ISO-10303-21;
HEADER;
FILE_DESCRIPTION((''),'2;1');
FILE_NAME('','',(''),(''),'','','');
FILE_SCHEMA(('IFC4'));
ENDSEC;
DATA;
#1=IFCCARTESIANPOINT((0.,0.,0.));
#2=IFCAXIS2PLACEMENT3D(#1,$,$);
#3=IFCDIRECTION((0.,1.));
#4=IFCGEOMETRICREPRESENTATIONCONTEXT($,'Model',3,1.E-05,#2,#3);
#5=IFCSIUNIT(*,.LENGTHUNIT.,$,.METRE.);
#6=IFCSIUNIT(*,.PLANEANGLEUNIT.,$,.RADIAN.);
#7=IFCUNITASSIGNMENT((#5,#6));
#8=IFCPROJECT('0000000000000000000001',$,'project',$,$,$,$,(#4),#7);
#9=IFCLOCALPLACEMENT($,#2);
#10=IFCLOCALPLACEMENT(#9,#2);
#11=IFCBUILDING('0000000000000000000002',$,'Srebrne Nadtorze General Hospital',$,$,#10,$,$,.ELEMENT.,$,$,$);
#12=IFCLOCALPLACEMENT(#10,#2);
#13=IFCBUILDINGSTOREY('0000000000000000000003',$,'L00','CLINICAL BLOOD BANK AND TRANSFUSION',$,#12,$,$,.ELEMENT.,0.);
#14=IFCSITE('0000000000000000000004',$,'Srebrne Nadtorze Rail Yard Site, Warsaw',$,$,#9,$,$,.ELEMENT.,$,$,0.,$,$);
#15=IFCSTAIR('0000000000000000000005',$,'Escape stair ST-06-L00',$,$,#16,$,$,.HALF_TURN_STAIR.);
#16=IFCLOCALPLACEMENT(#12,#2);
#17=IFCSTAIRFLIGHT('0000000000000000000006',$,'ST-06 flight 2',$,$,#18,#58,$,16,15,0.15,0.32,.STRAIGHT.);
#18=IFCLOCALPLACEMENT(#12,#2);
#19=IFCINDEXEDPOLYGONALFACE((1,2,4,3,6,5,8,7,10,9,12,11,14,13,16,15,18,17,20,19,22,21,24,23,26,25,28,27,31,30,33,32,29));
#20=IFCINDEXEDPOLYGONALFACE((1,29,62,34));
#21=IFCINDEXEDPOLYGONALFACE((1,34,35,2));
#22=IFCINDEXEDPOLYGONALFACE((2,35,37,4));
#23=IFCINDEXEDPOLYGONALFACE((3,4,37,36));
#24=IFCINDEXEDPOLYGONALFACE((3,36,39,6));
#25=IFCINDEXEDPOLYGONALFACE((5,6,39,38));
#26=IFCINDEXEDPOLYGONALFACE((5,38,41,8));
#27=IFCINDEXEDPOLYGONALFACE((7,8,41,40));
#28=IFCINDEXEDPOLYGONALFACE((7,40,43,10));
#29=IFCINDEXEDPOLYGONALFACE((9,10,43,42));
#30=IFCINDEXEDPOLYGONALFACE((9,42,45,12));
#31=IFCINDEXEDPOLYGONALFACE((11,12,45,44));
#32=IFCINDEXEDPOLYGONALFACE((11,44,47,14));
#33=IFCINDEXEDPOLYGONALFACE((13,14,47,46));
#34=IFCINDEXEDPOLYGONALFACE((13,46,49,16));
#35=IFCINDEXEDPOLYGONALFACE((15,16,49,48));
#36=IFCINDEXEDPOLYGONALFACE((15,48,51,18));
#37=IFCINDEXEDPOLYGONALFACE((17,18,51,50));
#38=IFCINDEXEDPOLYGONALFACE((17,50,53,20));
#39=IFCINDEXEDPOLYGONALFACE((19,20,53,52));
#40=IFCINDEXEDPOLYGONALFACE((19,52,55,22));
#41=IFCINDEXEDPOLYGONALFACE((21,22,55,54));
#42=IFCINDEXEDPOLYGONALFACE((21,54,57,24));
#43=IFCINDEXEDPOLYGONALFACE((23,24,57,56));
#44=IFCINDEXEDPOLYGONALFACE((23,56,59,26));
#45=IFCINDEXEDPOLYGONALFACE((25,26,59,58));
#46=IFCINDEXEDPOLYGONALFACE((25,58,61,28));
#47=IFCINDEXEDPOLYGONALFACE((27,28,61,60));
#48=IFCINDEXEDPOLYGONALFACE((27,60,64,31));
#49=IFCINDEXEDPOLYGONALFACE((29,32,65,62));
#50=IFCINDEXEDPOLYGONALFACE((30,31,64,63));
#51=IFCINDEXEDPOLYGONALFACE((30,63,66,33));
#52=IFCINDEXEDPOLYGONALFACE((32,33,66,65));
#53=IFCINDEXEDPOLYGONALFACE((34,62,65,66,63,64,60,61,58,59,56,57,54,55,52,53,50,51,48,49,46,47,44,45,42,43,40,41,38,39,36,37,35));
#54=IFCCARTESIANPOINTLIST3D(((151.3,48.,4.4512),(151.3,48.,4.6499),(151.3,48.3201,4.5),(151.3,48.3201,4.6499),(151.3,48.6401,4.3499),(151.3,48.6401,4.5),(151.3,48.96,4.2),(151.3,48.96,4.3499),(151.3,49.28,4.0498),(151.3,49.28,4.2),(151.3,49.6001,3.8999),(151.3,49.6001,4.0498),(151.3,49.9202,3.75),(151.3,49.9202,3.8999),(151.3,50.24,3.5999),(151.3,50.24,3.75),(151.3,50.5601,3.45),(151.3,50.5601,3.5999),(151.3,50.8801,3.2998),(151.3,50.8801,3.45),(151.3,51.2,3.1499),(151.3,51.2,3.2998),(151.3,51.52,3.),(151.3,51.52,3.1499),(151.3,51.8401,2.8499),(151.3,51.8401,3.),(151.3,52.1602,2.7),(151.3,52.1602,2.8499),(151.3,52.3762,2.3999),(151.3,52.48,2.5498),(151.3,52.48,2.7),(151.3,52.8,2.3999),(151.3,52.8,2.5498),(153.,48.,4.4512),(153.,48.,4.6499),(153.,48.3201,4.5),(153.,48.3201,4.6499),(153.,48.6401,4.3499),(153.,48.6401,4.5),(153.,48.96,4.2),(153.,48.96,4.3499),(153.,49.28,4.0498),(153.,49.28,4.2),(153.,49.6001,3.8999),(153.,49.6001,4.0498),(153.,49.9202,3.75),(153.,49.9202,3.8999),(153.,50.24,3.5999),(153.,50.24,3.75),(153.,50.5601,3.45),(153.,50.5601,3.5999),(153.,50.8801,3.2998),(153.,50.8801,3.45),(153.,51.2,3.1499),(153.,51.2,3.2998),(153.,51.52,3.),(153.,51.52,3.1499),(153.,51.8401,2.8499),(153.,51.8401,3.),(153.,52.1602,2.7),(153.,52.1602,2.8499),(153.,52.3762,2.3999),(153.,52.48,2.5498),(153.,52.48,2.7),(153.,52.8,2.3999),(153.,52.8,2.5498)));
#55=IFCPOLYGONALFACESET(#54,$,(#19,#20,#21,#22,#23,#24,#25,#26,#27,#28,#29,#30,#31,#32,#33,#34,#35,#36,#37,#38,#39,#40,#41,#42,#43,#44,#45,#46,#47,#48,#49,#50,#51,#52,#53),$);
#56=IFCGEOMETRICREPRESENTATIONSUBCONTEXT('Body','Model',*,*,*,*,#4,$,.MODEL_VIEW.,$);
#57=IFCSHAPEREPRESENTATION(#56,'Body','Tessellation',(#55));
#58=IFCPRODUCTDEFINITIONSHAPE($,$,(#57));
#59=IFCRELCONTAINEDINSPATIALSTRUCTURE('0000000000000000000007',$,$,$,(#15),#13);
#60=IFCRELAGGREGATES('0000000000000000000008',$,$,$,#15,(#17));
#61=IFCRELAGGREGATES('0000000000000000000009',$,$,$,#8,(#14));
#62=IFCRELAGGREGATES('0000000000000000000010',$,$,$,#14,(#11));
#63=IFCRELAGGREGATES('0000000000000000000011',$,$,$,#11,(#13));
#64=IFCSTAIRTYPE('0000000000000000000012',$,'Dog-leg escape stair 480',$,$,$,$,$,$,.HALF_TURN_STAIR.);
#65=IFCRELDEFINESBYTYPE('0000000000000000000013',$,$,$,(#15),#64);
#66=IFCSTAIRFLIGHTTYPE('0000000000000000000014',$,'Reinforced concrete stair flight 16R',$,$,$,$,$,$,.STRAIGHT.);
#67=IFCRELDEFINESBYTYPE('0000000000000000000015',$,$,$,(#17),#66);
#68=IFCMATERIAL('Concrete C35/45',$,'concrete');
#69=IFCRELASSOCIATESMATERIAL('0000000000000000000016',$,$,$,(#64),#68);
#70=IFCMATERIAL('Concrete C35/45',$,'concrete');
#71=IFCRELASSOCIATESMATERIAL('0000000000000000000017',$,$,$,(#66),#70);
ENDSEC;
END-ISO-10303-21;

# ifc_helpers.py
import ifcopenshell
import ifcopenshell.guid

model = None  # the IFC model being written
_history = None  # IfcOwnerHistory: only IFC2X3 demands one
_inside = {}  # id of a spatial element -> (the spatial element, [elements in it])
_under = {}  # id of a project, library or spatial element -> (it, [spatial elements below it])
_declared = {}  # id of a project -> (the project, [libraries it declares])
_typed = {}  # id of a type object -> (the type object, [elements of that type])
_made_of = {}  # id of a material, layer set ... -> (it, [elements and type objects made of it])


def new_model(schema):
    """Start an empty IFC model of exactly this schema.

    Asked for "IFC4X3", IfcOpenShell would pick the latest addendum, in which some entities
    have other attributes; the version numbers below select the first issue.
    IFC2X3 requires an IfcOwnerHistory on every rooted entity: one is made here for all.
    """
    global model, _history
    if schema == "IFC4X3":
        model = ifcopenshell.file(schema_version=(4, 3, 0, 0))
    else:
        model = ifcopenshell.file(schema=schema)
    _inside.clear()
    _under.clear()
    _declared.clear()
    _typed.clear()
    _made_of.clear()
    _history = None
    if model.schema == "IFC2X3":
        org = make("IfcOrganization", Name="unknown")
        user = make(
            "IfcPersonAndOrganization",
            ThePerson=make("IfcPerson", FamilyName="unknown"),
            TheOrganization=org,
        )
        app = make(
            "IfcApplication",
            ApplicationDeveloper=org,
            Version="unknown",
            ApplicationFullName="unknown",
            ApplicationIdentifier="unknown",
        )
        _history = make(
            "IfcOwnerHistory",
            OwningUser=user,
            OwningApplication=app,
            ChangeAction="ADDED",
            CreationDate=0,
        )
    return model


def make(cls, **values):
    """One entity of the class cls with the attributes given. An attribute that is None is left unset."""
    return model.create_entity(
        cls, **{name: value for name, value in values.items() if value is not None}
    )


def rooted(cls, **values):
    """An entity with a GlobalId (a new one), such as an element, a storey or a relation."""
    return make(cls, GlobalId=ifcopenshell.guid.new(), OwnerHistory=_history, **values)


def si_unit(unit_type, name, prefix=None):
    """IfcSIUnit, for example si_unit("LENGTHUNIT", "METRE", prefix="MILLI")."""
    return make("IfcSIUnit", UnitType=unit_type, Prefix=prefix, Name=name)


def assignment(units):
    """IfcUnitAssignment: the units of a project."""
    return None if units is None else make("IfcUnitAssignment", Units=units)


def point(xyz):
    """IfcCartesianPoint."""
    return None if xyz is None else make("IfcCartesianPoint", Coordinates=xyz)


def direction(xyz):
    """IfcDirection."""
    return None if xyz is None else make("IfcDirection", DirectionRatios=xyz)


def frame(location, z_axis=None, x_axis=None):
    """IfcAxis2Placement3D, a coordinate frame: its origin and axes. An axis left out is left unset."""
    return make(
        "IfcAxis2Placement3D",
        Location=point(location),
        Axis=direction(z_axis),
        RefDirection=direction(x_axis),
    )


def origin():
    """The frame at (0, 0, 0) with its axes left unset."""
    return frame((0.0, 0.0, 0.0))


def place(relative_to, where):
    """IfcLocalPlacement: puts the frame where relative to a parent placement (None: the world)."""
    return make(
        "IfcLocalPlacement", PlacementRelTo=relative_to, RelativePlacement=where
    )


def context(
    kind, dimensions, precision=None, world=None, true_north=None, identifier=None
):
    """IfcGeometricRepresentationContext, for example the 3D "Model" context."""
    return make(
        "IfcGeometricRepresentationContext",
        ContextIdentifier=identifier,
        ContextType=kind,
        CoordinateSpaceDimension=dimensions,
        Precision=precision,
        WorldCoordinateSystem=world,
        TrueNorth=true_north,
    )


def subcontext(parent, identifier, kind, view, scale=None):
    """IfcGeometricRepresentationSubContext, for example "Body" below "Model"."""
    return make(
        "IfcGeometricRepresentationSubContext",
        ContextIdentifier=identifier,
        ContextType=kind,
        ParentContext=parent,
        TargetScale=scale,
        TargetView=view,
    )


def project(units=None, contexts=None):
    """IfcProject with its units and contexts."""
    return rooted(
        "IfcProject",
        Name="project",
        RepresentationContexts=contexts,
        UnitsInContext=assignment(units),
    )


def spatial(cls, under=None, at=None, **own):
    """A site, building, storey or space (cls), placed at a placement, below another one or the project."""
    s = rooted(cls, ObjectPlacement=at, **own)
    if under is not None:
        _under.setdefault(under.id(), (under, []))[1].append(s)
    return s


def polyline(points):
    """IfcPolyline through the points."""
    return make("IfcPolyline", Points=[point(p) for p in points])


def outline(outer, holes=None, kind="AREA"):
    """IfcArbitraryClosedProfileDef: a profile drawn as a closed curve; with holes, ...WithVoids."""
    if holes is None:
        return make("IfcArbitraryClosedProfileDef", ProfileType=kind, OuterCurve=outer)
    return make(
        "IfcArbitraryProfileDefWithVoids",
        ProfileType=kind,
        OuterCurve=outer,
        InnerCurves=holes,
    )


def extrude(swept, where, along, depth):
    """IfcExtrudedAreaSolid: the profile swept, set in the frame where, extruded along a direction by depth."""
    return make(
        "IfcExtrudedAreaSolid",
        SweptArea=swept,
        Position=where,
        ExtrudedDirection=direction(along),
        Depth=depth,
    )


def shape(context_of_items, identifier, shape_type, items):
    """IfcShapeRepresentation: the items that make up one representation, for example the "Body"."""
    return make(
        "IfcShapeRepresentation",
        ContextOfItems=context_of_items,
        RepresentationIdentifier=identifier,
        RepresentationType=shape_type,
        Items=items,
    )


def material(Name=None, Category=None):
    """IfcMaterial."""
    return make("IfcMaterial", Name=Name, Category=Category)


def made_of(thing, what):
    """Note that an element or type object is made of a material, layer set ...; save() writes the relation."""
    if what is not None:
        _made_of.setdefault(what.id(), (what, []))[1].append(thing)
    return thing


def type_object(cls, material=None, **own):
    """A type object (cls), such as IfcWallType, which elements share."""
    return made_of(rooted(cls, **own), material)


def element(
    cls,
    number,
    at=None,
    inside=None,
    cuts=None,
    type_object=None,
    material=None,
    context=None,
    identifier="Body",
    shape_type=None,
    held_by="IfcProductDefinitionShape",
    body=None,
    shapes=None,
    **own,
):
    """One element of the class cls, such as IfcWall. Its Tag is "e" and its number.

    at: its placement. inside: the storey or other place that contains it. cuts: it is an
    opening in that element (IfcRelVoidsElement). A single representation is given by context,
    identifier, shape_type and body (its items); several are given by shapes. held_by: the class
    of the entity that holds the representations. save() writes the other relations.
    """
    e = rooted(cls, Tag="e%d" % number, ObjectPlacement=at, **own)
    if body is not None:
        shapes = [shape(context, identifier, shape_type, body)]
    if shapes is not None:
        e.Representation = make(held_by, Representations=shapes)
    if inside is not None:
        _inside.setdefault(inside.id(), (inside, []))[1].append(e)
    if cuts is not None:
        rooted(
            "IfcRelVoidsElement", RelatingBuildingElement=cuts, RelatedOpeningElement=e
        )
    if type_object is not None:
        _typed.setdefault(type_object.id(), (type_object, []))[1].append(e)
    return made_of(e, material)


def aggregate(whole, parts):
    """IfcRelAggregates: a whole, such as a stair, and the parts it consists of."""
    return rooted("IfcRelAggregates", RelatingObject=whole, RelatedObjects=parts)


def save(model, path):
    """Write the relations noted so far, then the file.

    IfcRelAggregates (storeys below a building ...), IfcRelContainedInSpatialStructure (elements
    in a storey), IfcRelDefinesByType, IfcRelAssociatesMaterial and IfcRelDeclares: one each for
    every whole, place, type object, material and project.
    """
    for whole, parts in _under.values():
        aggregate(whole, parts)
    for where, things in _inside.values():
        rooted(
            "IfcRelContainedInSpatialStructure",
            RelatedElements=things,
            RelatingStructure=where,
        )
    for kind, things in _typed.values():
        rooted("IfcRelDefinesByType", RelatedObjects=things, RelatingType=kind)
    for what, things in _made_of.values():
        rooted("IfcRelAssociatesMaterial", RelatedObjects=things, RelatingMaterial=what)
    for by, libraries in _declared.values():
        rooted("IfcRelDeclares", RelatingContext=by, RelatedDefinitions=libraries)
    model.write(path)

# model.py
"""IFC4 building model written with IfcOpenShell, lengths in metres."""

from ifc_helpers import new_model, si_unit, direction, frame, origin, place, context, subcontext, project, spatial, polyline, outline, extrude, material, type_object, element, aggregate, save


model = new_model("IFC4")

# Units and contexts
model_context = context("Model", 3, precision=1e-05, world=origin(), true_north=direction((0.0, 1.0)))
body_context = subcontext(model_context, "Body", "Model", "MODEL_VIEW")
ifc_project = project(units=[si_unit("LENGTHUNIT", "METRE"), si_unit("PLANEANGLEUNIT", "RADIAN")], contexts=[model_context])

# Site, building, storey
site_placement = place(None, origin())
site = spatial("IfcSite", under=ifc_project, at=site_placement, Name="Srebrne Nadtorze Rail Yard Site, Warsaw", CompositionType="ELEMENT", RefElevation=0.0)
building_placement = place(site_placement, origin())
building = spatial("IfcBuilding", under=site, at=building_placement, Name="Srebrne Nadtorze General Hospital", CompositionType="ELEMENT")
storey_placement = place(building_placement, origin())
storey = spatial("IfcBuildingStorey", under=building, at=storey_placement, Name="L00", Description="CLINICAL BLOOD BANK AND TRANSFUSION", CompositionType="ELEMENT", Elevation=0.0)

# Stair, stair flight
ifc_material_1 = material(Name="Concrete C35/45", Category="concrete")
stair_type = type_object("IfcStairType", Name="Dog-leg escape stair 480", PredefinedType="HALF_TURN_STAIR", material=ifc_material_1)
stair_placement = place(storey_placement, origin())
stair = element("IfcStair", 1, at=stair_placement, inside=storey, type_object=stair_type, Name="Escape stair ST-06-L00", PredefinedType="HALF_TURN_STAIR")
ifc_material_2 = material(Name="Concrete C35/45", Category="concrete")
stair_flight_type = type_object("IfcStairFlightType", Name="Reinforced concrete stair flight 16R", PredefinedType="STRAIGHT", material=ifc_material_2)
stair_flight_placement = place(storey_placement, frame((152.1499, 52.8, 2.3999), z_axis=(0.0, 0.0, 1.0), x_axis=(0.0, -1.0, 0.0)))
stair_flight = element("IfcStairFlight", 2, at=stair_flight_placement, type_object=stair_flight_type, Name="ST-06 flight 2", NumberOfRisers=16, NumberOfTreads=15, PredefinedType="STRAIGHT", RiserHeight=0.15, TreadLength=0.32, context=body_context, shape_type="SweptSolid", body=[
    extrude(outline(polyline([(0.0, 0.0), (0.0, 0.1499), (0.3201, 0.1499), (0.3201, 0.3), (0.6399, 0.3), (0.6399, 0.45), (0.96, 0.45), (0.96, 0.6001), (1.28, 0.6001), (1.28, 0.75), (1.6001, 0.75), (1.6001, 0.8999), (1.9199, 0.8999), (1.9199, 1.05), (2.24, 1.05), (2.24, 1.2), (2.5601, 1.2), (2.5601, 1.3501), (2.8799, 1.3501), (2.8799, 1.5), (3.2, 1.5), (3.2, 1.6499), (3.52, 1.6499), (3.52, 1.8), (3.8401, 1.8), (3.8401, 1.95), (4.1599, 1.95), (4.1599, 2.1001), (4.48, 2.1001), (4.48, 2.25), (4.8, 2.25), (4.8, 2.3999), (4.8, 2.0513), (0.4238, 0.0), (0.0, 0.0)])), frame((0.0, 0.8501, 0.0), z_axis=(0.0, -1.0, 0.0), x_axis=(1.0, 0.0, 0.0)), (0.0, 0.0, 1.0), 1.7),
])
aggregate(stair, [stair_flight])

save(model, "model.ifc")
